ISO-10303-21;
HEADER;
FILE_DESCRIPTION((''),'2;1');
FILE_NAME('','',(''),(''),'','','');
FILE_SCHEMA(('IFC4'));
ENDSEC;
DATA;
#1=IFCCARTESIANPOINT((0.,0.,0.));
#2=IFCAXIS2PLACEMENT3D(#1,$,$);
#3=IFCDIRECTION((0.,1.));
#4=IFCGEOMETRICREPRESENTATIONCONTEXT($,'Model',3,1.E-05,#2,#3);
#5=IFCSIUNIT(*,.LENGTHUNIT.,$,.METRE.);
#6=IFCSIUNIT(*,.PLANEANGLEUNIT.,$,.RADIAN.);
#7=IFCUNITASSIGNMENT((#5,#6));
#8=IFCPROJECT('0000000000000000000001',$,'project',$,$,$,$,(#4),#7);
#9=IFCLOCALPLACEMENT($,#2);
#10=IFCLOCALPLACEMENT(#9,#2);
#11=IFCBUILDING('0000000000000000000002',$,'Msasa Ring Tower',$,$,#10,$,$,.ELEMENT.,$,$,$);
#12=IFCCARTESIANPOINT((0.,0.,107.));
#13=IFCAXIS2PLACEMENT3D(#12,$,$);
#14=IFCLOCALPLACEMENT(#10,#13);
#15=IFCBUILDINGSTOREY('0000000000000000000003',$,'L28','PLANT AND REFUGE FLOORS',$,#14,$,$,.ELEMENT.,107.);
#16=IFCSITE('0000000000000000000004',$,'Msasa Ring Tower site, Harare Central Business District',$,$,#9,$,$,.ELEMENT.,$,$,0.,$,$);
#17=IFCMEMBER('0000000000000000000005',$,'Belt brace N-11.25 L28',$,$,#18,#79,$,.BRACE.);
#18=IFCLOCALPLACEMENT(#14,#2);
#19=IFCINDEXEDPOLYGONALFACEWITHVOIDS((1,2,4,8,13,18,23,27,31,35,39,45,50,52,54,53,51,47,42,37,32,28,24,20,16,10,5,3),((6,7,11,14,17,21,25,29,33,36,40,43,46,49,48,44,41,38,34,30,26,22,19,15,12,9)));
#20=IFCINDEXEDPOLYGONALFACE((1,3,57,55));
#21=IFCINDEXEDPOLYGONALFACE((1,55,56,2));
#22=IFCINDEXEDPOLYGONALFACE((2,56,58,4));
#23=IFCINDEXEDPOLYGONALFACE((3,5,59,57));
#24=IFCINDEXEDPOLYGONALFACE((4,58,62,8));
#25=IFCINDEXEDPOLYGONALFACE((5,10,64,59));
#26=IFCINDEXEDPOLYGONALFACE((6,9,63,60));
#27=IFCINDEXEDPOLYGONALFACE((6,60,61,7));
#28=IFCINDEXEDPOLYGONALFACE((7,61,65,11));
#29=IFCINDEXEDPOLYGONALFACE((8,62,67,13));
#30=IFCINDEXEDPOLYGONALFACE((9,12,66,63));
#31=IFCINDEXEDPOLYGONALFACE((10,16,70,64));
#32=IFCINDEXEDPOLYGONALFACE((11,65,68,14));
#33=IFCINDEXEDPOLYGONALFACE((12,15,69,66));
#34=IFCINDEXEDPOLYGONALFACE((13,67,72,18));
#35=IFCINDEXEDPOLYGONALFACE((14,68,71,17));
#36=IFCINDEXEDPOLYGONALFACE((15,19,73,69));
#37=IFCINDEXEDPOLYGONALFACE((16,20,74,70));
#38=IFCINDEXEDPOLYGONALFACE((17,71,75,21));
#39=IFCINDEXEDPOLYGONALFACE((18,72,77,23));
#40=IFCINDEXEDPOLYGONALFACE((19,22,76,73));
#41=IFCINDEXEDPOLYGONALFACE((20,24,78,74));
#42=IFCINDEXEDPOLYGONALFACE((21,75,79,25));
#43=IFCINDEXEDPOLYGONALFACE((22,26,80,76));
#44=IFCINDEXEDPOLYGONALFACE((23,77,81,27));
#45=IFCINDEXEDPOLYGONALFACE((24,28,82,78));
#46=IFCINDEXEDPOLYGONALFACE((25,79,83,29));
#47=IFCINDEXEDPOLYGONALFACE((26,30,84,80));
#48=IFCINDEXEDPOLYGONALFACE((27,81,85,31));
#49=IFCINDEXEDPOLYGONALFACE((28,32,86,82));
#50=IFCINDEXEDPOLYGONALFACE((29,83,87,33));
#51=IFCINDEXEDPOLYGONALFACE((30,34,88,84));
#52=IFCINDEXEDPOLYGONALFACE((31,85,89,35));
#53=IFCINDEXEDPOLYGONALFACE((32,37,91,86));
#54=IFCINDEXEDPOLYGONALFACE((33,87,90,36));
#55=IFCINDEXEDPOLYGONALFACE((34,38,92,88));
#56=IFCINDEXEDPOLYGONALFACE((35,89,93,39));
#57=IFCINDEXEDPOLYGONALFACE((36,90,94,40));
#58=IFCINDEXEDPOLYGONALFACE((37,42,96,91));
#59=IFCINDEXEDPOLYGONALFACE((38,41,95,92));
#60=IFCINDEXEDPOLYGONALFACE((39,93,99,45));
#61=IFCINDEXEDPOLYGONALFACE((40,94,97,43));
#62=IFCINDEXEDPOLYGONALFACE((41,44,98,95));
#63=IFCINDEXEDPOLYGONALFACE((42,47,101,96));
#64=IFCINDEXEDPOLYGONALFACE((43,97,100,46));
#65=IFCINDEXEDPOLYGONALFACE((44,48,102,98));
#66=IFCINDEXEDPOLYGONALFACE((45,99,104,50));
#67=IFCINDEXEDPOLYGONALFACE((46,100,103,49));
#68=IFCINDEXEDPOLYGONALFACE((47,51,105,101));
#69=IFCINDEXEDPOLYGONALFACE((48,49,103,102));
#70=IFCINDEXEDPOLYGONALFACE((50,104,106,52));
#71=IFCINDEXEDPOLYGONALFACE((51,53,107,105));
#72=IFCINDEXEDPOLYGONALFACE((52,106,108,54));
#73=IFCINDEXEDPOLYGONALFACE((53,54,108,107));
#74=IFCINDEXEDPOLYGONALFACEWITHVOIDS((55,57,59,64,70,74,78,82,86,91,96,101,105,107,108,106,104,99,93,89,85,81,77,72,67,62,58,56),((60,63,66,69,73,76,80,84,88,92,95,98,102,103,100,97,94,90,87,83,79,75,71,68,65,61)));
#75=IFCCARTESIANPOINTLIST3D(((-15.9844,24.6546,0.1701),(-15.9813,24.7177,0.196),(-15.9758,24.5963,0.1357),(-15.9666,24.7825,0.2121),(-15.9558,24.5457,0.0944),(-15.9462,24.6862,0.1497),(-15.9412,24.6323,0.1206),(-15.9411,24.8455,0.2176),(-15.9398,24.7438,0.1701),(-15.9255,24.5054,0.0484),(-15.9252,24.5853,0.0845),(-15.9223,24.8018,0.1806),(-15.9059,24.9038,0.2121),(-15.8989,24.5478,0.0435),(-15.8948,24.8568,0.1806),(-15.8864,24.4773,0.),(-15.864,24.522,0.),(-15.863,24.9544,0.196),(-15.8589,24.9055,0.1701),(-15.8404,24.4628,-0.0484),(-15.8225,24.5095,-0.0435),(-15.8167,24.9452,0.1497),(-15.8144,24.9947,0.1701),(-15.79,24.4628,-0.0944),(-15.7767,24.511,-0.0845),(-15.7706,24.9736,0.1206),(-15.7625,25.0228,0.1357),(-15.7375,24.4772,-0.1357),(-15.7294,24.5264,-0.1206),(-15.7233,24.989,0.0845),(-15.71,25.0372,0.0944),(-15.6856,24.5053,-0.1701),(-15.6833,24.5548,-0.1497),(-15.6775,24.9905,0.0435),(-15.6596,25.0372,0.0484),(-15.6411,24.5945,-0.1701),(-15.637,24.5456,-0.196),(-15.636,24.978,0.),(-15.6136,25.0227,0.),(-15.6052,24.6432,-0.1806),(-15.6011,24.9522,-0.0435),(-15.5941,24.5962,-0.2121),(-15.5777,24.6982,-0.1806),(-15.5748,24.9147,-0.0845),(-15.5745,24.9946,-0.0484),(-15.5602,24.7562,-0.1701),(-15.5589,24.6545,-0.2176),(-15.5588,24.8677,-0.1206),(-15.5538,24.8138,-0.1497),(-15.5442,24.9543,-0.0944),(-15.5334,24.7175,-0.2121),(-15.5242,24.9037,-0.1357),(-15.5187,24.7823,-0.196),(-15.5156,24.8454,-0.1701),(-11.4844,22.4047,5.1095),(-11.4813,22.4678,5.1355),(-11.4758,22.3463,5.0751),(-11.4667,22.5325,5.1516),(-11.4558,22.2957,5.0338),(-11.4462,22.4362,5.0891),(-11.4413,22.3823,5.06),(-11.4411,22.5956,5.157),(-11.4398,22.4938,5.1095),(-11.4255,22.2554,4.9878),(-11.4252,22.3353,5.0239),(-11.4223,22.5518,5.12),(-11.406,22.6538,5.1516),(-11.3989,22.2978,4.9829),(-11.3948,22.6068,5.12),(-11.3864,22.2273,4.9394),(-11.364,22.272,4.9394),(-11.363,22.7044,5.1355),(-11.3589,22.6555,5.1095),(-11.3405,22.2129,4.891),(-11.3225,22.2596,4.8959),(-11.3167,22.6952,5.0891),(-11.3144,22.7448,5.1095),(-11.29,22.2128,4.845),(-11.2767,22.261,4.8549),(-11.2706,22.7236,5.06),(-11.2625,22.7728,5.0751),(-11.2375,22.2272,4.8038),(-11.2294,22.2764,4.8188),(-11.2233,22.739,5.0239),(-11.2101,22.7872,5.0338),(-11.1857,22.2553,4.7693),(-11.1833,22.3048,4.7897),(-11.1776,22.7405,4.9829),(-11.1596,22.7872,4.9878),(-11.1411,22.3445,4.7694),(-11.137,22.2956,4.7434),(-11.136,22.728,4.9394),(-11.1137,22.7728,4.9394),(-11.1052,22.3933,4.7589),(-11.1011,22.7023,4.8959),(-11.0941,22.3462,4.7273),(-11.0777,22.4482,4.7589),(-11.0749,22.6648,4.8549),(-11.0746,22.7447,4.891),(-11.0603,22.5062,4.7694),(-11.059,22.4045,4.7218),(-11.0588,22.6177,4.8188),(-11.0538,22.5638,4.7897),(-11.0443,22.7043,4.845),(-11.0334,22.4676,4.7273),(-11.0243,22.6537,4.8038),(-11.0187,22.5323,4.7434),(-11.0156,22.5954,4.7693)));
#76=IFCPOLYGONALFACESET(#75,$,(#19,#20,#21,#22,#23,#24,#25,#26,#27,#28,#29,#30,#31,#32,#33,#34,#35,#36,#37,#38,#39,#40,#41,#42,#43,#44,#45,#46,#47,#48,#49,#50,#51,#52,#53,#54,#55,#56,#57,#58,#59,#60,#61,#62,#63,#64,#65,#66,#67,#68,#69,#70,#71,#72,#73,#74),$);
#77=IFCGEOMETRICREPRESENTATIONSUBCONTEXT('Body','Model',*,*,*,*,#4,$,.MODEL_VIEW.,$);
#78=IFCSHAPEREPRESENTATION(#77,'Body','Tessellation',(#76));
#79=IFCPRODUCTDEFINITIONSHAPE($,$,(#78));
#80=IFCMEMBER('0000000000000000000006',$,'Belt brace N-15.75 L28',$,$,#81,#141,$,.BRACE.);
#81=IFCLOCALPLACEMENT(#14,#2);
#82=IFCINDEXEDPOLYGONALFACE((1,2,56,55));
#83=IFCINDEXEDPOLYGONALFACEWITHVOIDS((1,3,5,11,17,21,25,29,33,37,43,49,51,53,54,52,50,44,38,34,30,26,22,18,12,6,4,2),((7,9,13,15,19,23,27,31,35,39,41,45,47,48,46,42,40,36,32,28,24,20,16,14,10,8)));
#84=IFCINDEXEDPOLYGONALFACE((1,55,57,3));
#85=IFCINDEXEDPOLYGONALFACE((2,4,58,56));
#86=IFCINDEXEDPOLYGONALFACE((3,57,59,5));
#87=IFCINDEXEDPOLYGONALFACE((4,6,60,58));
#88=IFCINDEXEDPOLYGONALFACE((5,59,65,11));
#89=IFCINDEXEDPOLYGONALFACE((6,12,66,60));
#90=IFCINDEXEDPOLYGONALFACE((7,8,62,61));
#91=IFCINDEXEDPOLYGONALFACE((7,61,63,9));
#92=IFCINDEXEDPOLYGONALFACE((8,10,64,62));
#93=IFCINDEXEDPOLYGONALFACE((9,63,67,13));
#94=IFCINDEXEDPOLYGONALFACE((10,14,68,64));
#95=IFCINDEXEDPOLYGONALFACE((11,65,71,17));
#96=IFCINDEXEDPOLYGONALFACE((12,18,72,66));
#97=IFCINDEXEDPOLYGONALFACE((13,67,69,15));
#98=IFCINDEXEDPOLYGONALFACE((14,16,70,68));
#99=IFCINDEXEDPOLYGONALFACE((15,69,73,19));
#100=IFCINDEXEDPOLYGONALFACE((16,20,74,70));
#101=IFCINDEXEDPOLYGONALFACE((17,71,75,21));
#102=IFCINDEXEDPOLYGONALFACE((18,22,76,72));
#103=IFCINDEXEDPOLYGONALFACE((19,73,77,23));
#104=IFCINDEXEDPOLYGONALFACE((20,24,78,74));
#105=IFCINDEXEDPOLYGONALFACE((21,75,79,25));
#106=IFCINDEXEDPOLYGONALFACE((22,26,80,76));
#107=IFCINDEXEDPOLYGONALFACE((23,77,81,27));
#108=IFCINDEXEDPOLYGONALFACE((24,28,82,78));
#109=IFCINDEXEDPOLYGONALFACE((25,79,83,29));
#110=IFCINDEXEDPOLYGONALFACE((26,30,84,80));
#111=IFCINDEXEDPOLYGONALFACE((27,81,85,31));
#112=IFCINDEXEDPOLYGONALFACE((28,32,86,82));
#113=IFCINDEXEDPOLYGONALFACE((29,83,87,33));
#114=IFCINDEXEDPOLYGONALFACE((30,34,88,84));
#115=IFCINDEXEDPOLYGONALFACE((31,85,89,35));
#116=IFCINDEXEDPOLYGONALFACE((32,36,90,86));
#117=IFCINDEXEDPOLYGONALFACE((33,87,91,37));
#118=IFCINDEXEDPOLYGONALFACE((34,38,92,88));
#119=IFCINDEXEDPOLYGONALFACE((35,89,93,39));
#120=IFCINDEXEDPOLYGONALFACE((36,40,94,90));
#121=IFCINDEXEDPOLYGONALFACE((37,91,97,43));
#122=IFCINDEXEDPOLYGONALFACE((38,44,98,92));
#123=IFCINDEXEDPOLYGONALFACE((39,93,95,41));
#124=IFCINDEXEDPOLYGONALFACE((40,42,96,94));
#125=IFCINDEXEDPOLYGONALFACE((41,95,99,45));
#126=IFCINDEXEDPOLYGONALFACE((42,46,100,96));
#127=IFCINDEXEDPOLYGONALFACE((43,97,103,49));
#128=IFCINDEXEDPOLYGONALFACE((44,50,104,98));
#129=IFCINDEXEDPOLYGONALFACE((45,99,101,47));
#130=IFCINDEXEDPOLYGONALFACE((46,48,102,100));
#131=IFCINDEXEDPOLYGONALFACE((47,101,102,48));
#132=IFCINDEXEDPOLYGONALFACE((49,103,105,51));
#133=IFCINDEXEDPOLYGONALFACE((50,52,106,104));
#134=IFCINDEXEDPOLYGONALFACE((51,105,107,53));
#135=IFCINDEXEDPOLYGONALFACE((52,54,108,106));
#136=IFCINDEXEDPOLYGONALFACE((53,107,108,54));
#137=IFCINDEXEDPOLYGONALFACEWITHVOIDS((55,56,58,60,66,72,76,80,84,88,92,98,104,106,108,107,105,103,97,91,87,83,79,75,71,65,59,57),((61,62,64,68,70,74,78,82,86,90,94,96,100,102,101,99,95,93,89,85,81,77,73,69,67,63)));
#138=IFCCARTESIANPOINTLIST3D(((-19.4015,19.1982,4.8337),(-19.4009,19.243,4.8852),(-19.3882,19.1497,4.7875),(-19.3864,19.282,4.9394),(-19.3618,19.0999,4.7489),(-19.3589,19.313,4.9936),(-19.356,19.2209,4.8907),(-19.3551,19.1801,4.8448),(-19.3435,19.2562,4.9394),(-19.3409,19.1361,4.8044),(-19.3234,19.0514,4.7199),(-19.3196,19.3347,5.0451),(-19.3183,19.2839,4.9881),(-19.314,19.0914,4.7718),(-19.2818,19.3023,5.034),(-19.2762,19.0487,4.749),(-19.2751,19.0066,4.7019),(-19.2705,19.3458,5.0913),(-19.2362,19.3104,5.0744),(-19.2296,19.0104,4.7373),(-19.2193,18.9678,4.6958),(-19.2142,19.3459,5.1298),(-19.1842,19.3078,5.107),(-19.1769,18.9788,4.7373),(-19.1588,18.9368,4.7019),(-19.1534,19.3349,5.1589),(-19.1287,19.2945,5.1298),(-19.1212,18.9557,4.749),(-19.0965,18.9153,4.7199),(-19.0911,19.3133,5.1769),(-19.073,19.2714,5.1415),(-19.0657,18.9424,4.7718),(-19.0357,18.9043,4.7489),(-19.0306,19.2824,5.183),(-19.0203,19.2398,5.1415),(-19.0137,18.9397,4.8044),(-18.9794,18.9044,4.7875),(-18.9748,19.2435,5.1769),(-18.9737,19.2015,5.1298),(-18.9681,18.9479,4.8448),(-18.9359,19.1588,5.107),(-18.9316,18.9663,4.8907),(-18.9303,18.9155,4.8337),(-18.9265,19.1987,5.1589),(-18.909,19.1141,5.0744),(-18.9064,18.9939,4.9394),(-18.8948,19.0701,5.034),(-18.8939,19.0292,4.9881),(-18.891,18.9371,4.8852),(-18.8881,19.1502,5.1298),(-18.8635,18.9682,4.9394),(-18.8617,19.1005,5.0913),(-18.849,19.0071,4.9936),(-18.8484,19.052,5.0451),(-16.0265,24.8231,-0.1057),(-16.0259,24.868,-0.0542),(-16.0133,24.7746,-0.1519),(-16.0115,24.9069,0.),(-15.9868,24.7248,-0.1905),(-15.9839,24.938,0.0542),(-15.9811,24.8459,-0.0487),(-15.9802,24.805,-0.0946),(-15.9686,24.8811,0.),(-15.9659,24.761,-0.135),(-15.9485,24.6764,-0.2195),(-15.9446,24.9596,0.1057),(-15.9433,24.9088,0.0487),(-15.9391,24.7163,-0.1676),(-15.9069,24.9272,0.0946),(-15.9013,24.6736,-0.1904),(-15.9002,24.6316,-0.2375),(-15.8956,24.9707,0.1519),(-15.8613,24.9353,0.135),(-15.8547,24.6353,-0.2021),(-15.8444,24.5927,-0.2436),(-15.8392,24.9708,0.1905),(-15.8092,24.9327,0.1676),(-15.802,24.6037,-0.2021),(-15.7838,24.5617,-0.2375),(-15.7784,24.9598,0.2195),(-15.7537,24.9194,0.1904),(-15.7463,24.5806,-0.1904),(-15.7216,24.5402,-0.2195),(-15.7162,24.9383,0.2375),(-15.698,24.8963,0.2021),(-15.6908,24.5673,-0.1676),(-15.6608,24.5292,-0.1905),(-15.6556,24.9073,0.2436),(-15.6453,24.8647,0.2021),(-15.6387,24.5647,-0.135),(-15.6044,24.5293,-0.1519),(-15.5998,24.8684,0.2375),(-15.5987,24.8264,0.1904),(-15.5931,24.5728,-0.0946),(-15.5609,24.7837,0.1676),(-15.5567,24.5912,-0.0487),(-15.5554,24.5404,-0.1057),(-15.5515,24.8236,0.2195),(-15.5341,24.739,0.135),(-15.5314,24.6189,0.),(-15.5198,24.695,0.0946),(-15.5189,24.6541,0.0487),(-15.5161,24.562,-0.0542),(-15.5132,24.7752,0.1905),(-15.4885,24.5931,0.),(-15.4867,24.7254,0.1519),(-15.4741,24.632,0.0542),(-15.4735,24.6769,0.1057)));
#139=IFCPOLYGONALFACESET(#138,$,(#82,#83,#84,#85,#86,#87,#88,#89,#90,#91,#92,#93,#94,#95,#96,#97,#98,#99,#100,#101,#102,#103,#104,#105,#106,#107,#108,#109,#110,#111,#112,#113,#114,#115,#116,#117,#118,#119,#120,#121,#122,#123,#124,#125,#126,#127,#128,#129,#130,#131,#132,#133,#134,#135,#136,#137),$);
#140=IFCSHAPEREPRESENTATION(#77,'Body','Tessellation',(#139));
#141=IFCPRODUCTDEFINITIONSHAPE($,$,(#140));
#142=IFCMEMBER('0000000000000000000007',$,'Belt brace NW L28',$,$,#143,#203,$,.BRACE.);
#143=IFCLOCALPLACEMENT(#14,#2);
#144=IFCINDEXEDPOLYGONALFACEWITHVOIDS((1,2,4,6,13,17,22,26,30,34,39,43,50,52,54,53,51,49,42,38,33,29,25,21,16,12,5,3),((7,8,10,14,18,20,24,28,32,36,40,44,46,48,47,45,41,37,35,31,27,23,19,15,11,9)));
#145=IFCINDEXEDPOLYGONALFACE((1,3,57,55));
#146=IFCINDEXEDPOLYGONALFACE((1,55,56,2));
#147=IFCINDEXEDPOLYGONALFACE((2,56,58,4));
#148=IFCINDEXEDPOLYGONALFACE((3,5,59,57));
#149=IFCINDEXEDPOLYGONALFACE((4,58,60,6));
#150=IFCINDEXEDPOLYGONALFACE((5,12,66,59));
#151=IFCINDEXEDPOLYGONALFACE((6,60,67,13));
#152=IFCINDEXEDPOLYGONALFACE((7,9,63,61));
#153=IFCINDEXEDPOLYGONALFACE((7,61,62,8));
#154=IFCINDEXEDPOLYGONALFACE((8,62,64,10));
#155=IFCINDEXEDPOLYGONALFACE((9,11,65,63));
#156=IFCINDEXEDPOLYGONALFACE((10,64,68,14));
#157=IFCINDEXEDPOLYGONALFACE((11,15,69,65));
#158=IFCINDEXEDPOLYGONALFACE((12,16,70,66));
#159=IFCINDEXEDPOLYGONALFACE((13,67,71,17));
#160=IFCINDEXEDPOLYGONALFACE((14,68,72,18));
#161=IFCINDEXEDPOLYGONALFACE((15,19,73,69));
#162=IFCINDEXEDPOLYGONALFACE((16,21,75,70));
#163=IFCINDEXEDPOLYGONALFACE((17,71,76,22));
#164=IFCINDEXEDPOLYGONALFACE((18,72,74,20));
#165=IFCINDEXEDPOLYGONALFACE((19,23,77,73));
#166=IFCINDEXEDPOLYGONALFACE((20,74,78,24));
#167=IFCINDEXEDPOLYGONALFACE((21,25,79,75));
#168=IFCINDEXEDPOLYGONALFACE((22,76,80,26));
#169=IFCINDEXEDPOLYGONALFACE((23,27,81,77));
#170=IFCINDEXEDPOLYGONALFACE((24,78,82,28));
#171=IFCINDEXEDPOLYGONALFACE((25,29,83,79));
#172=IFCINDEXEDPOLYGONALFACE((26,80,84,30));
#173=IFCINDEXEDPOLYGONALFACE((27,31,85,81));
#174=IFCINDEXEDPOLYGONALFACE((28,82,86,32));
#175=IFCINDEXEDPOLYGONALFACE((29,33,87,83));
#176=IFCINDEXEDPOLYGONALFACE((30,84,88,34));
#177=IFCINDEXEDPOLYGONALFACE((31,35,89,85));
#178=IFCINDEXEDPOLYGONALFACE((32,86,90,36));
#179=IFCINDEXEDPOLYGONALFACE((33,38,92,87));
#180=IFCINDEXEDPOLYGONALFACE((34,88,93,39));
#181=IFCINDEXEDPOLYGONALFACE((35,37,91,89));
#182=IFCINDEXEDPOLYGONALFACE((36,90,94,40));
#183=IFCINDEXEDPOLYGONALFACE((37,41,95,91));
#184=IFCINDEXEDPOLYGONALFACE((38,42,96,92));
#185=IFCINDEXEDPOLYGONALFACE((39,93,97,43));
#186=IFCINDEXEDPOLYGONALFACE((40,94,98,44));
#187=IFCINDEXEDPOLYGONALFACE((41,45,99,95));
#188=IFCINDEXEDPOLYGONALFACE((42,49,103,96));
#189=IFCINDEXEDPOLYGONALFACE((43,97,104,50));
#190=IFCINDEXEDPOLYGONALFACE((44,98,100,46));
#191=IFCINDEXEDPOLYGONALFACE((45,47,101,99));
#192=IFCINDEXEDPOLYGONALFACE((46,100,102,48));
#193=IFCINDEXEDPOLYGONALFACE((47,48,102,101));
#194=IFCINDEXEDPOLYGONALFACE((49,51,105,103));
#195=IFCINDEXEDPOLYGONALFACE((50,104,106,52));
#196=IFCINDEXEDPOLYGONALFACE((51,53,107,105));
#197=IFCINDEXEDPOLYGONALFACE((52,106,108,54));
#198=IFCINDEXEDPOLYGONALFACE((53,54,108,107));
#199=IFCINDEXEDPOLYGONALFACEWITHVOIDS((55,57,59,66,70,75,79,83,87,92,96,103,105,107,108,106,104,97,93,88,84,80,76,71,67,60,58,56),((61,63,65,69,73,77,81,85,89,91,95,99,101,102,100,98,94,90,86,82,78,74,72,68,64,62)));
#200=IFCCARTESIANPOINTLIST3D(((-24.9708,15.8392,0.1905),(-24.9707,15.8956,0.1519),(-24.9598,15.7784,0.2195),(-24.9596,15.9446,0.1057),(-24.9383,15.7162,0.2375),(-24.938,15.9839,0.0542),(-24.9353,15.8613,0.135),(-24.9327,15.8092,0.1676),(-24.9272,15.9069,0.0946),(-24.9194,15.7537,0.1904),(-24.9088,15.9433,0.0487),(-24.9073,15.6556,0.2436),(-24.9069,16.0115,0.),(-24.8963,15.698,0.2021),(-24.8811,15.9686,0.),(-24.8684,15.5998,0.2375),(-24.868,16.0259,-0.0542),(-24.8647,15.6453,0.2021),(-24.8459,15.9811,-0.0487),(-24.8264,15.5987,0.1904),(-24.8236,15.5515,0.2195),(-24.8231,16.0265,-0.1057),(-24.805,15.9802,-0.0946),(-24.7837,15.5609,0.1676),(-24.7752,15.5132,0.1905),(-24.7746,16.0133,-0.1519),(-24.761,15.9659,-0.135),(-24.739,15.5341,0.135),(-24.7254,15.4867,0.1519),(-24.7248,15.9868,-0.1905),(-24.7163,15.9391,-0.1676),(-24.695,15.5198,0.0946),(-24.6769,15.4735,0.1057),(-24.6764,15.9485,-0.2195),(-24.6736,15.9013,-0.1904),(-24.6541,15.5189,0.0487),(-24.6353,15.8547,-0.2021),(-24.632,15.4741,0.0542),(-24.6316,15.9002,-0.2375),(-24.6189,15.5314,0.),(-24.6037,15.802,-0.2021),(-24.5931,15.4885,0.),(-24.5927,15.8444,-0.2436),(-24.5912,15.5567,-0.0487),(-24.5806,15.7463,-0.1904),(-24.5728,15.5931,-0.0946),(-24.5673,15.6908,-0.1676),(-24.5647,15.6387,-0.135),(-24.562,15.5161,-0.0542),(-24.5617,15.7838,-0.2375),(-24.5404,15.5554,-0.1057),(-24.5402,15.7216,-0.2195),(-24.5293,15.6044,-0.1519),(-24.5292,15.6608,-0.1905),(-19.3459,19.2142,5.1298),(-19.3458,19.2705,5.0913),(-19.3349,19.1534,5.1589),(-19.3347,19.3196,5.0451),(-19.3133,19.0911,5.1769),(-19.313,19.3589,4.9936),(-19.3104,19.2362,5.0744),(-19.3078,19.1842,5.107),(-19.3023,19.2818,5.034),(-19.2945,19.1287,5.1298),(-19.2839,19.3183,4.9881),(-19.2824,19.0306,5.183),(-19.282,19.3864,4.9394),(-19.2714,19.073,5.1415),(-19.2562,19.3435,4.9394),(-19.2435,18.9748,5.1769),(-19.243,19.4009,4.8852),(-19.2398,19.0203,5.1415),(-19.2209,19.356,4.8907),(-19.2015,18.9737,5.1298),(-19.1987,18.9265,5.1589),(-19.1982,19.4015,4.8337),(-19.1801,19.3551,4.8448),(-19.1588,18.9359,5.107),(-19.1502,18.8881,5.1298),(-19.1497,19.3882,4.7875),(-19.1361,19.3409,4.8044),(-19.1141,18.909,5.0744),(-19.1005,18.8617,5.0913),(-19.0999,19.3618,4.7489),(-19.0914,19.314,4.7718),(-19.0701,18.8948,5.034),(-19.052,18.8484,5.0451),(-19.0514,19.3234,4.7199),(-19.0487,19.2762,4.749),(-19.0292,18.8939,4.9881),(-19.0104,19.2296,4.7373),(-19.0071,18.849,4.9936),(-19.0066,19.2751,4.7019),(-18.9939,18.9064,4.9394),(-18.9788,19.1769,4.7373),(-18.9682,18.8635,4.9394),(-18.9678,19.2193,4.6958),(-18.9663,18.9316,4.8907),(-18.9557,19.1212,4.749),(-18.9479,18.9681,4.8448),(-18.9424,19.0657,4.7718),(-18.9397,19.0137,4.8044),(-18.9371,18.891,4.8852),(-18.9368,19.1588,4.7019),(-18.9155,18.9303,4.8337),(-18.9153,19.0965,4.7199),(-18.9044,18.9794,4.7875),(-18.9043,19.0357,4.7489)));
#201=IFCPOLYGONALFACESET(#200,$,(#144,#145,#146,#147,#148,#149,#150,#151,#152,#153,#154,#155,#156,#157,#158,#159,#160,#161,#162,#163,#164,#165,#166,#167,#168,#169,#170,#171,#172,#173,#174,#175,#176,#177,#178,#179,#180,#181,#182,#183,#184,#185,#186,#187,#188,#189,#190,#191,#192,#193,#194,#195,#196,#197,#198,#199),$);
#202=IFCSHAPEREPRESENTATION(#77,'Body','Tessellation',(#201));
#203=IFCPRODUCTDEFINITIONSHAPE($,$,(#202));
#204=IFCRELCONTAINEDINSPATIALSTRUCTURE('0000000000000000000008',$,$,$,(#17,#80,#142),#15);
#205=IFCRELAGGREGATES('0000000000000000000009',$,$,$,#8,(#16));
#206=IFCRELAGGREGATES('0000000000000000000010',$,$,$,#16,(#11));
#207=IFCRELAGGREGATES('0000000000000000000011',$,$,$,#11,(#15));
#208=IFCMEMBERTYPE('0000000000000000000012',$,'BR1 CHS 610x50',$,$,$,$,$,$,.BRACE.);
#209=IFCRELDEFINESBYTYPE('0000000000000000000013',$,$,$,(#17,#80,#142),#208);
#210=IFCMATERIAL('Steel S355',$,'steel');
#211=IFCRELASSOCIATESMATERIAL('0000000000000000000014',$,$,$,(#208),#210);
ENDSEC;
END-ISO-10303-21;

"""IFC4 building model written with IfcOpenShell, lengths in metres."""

from ifc_helpers import new_model, si_unit, direction, frame, origin, origin_2d, place, context, subcontext, project, spatial, hollow_circle, extrude, material, material_profile, profile_set, type_object, element, save


model = new_model("IFC4")

# Units and contexts
model_context = context("Model", 3, precision=1e-05, world=origin(), true_north=direction((0.0, 1.0)))
body_context = subcontext(model_context, "Body", "Model", "MODEL_VIEW")
ifc_project = project(units=[si_unit("LENGTHUNIT", "METRE"), si_unit("PLANEANGLEUNIT", "RADIAN")], contexts=[model_context])

# Site, building, storey
site_placement = place(None, origin())
site = spatial("IfcSite", under=ifc_project, at=site_placement, Name="Msasa Ring Tower site, Harare Central Business District", CompositionType="ELEMENT", RefElevation=0.0)
building_placement = place(site_placement, origin())
building = spatial("IfcBuilding", under=site, at=building_placement, Name="Msasa Ring Tower", CompositionType="ELEMENT")
storey_placement = place(building_placement, frame((0.0, 0.0, 107.0)))
storey = spatial("IfcBuildingStorey", under=building, at=storey_placement, Name="L28", Description="PLANT AND REFUGE FLOORS", CompositionType="ELEMENT", Elevation=107.0)

# Members
ifc_material_1 = material(Name="Steel S355", Category="steel")
ifc_material_profile_1 = material_profile(ifc_material_1, hollow_circle(Radius=0.3049, WallThickness=0.05, at=origin_2d()), Name="CHS 610x50")
ifc_profile_set_1 = profile_set([ifc_material_profile_1], Name="Steel S355")
member_type = type_object("IfcMemberType", Name="BR1 CHS 610x50", PredefinedType="BRACE", material=ifc_profile_set_1)
member_1_placement = place(storey_placement, frame((-15.75, 24.75, 0.0), z_axis=(0.638245, -0.319123, 0.700574), x_axis=(0.447214, 0.894427, 0.0)))
element("IfcMember", 1, at=member_1_placement, inside=storey, type_object=member_type, Name="Belt brace N-11.25 L28", PredefinedType="BRACE", context=body_context, shape_type="SweptSolid", body=[
    extrude(hollow_circle(Radius=0.3049, WallThickness=0.05, at=origin_2d()), origin(), (0.0, 0.0, 1.0), 7.0505),
])
for number, where, z_axis, x_axis, name in (
    (2, (-15.75, 24.75, 0.0), (-0.411007, -0.685011, 0.601526), (0.857493, -0.514496, 0.0), "Belt brace N-15.75 L28"),
    (3, (-24.75, 15.75, 0.0), (0.685011, 0.411007, 0.601526), (-0.514496, 0.857493, 0.0), "Belt brace NW L28"),
):
    element("IfcMember", number, at=place(storey_placement, frame(where, z_axis=z_axis, x_axis=x_axis)), inside=storey, type_object=member_type, Name=name, PredefinedType="BRACE", context=body_context, shape_type="SweptSolid", body=[
        extrude(hollow_circle(Radius=0.3049, WallThickness=0.05, at=origin_2d()), origin(), (0.0, 0.0, 1.0), 8.2114),
    ])

save(model, "model.ifc")
